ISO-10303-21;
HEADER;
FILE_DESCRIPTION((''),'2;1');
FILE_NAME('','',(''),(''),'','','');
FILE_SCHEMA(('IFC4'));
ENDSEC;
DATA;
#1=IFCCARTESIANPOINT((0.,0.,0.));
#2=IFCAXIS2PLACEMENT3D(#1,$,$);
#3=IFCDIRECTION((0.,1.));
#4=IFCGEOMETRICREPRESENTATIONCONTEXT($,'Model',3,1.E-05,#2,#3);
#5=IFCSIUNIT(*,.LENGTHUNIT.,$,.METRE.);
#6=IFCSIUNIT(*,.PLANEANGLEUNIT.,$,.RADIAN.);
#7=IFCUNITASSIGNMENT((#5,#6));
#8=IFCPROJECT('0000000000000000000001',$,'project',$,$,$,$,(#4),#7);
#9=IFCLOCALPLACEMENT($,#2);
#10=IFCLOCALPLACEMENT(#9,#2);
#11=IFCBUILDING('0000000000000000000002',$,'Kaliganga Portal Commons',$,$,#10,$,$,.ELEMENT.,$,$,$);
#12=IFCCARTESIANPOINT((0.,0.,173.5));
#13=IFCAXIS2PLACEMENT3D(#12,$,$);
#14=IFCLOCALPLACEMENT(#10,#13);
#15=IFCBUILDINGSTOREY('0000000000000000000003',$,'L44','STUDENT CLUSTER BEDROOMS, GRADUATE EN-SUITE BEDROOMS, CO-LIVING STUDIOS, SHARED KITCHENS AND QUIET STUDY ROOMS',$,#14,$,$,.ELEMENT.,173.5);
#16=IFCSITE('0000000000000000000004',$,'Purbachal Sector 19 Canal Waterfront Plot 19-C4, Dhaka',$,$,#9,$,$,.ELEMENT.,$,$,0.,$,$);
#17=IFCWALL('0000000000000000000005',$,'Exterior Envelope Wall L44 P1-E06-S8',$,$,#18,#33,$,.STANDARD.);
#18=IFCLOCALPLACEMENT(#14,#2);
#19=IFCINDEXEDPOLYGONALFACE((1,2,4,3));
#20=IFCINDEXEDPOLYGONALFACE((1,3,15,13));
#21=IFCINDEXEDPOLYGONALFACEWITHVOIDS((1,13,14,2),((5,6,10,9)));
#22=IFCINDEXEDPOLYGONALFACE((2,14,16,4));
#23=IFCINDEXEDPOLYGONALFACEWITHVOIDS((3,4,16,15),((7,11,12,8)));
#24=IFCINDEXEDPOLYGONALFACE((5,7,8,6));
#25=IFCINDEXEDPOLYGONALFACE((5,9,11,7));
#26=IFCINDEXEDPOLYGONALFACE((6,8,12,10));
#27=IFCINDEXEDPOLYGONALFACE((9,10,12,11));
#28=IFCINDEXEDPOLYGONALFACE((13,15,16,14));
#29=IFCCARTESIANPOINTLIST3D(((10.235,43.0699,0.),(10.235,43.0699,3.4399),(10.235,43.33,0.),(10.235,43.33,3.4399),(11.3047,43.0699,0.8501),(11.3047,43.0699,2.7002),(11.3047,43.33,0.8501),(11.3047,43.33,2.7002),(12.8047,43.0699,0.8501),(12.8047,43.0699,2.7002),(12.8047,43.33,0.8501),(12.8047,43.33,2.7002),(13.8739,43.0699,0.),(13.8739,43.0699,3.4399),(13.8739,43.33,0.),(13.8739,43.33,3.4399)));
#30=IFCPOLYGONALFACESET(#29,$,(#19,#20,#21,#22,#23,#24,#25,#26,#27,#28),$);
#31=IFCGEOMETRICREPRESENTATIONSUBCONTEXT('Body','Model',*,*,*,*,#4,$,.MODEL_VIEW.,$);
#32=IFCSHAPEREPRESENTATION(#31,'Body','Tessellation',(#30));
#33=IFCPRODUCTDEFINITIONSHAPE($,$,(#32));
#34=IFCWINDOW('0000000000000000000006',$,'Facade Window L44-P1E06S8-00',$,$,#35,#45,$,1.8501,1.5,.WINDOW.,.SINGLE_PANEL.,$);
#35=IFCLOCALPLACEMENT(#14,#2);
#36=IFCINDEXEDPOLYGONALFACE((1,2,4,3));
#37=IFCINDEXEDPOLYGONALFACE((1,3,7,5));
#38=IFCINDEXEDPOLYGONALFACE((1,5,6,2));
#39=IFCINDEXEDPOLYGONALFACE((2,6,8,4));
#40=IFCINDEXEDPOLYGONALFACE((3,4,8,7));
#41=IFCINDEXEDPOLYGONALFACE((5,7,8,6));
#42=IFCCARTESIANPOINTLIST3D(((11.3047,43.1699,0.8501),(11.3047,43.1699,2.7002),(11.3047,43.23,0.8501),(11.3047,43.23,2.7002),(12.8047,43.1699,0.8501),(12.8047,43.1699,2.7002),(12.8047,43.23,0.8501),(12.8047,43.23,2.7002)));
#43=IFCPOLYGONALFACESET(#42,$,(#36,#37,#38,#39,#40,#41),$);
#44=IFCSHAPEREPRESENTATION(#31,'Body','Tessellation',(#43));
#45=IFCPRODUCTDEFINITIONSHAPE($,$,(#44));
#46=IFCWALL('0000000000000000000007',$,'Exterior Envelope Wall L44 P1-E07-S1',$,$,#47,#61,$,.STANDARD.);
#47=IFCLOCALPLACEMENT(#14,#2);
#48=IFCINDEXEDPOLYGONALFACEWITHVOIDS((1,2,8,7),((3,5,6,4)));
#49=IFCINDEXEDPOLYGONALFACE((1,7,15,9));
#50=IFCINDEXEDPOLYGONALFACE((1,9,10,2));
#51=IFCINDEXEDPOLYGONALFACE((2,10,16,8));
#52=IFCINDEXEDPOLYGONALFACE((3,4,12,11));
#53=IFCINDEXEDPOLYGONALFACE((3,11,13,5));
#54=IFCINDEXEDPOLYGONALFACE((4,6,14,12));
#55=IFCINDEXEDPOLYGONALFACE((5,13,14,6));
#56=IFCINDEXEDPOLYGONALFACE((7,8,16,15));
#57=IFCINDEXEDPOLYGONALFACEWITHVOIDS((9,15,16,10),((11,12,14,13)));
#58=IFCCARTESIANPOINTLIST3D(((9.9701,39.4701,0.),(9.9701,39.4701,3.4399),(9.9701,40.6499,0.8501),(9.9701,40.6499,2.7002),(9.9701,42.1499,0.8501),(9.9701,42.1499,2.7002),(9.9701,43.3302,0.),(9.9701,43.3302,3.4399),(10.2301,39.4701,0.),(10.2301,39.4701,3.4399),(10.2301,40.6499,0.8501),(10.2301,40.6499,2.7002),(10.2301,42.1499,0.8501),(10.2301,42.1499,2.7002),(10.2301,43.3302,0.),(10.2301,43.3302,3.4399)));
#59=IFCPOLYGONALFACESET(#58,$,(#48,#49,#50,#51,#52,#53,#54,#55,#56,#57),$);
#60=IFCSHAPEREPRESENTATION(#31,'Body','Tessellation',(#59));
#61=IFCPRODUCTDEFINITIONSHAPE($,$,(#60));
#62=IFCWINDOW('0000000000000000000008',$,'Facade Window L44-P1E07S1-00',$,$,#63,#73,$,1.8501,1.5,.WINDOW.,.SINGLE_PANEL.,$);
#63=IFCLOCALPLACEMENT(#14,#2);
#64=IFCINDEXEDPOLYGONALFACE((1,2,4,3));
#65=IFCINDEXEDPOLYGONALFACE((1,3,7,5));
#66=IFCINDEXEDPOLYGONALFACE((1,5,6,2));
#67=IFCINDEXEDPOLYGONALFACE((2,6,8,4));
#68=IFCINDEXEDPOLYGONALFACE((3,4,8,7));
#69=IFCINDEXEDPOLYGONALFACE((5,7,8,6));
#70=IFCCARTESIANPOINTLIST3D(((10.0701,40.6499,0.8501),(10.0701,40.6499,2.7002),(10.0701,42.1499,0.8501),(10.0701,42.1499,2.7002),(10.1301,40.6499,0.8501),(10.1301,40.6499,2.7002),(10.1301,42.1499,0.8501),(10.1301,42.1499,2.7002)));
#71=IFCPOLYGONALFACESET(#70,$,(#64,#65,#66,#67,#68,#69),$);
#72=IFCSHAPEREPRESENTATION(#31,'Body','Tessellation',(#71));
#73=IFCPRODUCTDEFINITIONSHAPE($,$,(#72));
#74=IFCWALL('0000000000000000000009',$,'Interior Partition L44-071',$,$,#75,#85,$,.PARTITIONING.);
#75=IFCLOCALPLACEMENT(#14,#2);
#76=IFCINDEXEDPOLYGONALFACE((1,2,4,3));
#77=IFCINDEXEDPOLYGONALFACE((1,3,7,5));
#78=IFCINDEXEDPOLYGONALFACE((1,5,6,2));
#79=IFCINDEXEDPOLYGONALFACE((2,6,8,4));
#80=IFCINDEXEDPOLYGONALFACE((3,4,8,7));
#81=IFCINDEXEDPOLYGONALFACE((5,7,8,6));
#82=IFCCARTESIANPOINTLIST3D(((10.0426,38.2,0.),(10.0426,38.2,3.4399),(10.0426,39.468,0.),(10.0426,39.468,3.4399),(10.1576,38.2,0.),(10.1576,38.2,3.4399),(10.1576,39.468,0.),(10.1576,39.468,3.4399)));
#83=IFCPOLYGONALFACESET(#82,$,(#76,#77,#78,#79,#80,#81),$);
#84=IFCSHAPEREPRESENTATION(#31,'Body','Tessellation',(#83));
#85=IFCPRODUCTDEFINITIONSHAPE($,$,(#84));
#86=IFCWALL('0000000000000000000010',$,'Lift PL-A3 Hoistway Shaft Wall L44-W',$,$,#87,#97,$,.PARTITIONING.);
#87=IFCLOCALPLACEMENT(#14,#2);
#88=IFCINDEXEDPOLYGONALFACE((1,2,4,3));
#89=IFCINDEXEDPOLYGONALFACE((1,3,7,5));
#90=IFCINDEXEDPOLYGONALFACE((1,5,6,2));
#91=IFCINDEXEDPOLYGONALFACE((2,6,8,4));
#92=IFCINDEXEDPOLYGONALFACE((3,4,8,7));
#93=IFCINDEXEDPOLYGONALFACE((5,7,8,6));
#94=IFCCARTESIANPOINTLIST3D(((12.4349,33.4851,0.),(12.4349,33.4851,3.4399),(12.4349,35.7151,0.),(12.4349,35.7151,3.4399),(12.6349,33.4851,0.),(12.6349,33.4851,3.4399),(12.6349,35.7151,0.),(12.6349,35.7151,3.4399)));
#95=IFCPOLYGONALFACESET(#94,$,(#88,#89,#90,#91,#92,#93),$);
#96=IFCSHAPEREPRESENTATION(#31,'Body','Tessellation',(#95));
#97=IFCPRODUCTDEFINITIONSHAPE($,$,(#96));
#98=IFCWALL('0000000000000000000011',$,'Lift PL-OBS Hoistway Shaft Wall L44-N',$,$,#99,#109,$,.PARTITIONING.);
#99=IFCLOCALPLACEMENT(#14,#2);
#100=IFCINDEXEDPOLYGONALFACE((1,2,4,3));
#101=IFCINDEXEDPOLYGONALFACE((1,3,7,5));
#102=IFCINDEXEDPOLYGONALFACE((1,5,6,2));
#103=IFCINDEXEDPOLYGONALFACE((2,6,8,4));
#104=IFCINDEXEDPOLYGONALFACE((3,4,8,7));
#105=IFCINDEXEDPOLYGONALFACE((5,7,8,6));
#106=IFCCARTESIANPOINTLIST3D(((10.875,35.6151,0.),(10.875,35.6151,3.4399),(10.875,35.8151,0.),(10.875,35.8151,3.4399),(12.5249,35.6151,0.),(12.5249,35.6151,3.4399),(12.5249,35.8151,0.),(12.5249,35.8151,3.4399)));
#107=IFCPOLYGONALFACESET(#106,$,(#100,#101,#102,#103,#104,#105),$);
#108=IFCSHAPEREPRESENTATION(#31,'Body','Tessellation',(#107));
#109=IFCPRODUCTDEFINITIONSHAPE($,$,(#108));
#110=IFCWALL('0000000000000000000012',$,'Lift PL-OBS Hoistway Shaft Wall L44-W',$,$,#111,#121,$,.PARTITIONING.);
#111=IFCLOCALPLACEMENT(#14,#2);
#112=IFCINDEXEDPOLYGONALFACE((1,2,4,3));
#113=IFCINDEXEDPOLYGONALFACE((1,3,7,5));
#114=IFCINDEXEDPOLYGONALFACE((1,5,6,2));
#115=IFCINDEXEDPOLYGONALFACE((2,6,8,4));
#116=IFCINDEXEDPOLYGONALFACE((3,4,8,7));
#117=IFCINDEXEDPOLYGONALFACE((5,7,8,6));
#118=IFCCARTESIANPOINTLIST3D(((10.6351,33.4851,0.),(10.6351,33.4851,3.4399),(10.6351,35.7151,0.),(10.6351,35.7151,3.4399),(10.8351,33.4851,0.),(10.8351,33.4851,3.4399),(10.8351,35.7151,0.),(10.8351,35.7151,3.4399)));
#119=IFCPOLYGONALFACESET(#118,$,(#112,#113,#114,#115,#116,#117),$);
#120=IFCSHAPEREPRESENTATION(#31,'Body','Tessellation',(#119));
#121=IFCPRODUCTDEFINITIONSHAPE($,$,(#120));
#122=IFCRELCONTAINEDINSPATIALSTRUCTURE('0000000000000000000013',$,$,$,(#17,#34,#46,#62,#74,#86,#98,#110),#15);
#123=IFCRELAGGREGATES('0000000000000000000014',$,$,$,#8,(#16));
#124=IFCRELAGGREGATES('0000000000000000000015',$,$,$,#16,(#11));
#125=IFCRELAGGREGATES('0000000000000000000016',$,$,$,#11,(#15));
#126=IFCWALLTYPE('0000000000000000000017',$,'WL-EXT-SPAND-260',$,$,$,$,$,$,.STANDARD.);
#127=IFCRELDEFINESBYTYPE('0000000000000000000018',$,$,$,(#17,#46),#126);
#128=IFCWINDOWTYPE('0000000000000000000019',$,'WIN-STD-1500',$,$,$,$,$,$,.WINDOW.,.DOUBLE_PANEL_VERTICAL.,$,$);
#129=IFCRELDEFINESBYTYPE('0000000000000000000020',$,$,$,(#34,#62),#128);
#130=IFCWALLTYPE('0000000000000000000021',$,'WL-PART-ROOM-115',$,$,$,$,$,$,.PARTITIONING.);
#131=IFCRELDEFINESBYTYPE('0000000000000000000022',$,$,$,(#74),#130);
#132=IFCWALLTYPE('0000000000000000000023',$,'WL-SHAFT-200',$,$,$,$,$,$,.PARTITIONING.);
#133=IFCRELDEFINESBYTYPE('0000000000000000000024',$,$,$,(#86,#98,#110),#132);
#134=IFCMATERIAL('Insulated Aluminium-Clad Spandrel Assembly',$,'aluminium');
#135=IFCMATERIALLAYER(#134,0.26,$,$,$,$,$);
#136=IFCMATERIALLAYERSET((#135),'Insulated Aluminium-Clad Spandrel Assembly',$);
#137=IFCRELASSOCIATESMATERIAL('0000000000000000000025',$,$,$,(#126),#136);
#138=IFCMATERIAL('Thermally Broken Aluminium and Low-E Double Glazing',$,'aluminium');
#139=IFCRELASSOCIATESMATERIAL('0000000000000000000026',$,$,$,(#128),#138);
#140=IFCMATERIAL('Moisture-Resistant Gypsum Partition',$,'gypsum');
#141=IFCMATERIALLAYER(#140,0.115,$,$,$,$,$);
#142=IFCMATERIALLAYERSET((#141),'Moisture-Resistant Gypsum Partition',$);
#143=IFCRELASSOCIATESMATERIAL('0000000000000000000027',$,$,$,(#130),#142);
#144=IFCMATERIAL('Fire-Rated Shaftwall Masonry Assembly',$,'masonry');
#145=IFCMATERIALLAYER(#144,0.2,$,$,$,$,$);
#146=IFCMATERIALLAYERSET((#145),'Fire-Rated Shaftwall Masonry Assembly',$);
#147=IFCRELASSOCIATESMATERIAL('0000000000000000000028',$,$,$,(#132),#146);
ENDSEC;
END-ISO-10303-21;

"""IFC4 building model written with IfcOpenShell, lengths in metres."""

from ifc_helpers import new_model, si_unit, direction, frame, frame_2d, origin, place, context, subcontext, project, spatial, rectangle, extrude, material, layer, layer_set, type_object, element, fill, save


model = new_model("IFC4")

# Units and contexts
model_context = context("Model", 3, precision=1e-05, world=origin(), true_north=direction((0.0, 1.0)))
body_context = subcontext(model_context, "Body", "Model", "MODEL_VIEW")
ifc_project = project(units=[si_unit("LENGTHUNIT", "METRE"), si_unit("PLANEANGLEUNIT", "RADIAN")], contexts=[model_context])

# Site, building, storey
site_placement = place(None, origin())
site = spatial("IfcSite", under=ifc_project, at=site_placement, Name="Purbachal Sector 19 Canal Waterfront Plot 19-C4, Dhaka", CompositionType="ELEMENT", RefElevation=0.0)
building_placement = place(site_placement, origin())
building = spatial("IfcBuilding", under=site, at=building_placement, Name="Kaliganga Portal Commons", CompositionType="ELEMENT")
storey_placement = place(building_placement, frame((0.0, 0.0, 173.5)))
storey = spatial("IfcBuildingStorey", under=building, at=storey_placement, Name="L44", Description="STUDENT CLUSTER BEDROOMS, GRADUATE EN-SUITE BEDROOMS, CO-LIVING STUDIOS, SHARED KITCHENS AND QUIET STUDY ROOMS", CompositionType="ELEMENT", Elevation=173.5)

# Walls, openings, windows
ifc_material_1 = material(Name="Insulated Aluminium-Clad Spandrel Assembly", Category="aluminium")
ifc_layer_1 = layer(ifc_material_1, 0.26)
ifc_layer_set_1 = layer_set([ifc_layer_1], Name="Insulated Aluminium-Clad Spandrel Assembly")
wall_type_1 = type_object("IfcWallType", Name="WL-EXT-SPAND-260", PredefinedType="STANDARD", material=ifc_layer_set_1)
wall_1_placement = place(storey_placement, frame((10.2351, 43.2, 0.0), z_axis=(0.0, 0.0, 1.0), x_axis=(1.0, 0.0, 0.0)))
wall_1 = element("IfcWall", 1, at=wall_1_placement, inside=storey, type_object=wall_type_1, Name="Exterior Envelope Wall L44 P1-E06-S8", PredefinedType="STANDARD", context=body_context, shape_type="SweptSolid", body=[
    extrude(rectangle(XDim=3.6389, YDim=0.26, at=frame_2d((1.8193, 0.0))), origin(), (0.0, 0.0, 1.0), 3.4399),
])
opening_1_placement = place(wall_1_placement, frame((1.0696, 0.0, 0.8501)))
opening_1 = element("IfcOpeningElement", 2, at=opening_1_placement, cuts=wall_1, PredefinedType="OPENING", context=body_context, shape_type="SweptSolid", body=[
    extrude(rectangle(XDim=1.5, YDim=1.8501, at=frame_2d((0.75, 0.925))), frame((0.0, 0.1401, 0.0), z_axis=(0.0, -1.0, 0.0), x_axis=(1.0, 0.0, 0.0)), (0.0, 0.0, 1.0), 0.28),
])
ifc_material_2 = material(Name="Thermally Broken Aluminium and Low-E Double Glazing", Category="aluminium")
window_type = type_object("IfcWindowType", Name="WIN-STD-1500", PartitioningType="DOUBLE_PANEL_VERTICAL", PredefinedType="WINDOW", material=ifc_material_2)
window_1_placement = place(opening_1_placement, origin())
window_1 = element("IfcWindow", 3, at=window_1_placement, inside=storey, type_object=window_type, Name="Facade Window L44-P1E06S8-00", OverallHeight=1.8501, OverallWidth=1.5, PartitioningType="SINGLE_PANEL", PredefinedType="WINDOW", context=body_context, shape_type="SweptSolid", body=[
    extrude(rectangle(XDim=1.5, YDim=1.8501, at=frame_2d((0.75, 0.925))), frame((0.0, 0.03, 0.0), z_axis=(0.0, -1.0, 0.0), x_axis=(1.0, 0.0, 0.0)), (0.0, 0.0, 1.0), 0.0601),
])
fill(opening_1, window_1)
wall_2_placement = place(storey_placement, frame((10.1001, 39.47, 0.0), z_axis=(0.0, 0.0, 1.0), x_axis=(0.0, 1.0, 0.0)))
wall_2 = element("IfcWall", 4, at=wall_2_placement, inside=storey, type_object=wall_type_1, Name="Exterior Envelope Wall L44 P1-E07-S1", PredefinedType="STANDARD", context=body_context, shape_type="SweptSolid", body=[
    extrude(rectangle(XDim=3.8601, YDim=0.26, at=frame_2d((1.9302, 0.0))), origin(), (0.0, 0.0, 1.0), 3.4399),
])
opening_2_placement = place(wall_2_placement, frame((1.1799, 0.0, 0.8501)))
opening_2 = element("IfcOpeningElement", 5, at=opening_2_placement, cuts=wall_2, PredefinedType="OPENING", context=body_context, shape_type="SweptSolid", body=[
    extrude(rectangle(XDim=1.5, YDim=1.8501, at=frame_2d((0.75, 0.925))), frame((0.0, 0.1401, 0.0), z_axis=(0.0, -1.0, 0.0), x_axis=(1.0, 0.0, 0.0)), (0.0, 0.0, 1.0), 0.28),
])
window_2_placement = place(opening_2_placement, origin())
window_2 = element("IfcWindow", 6, at=window_2_placement, inside=storey, type_object=window_type, Name="Facade Window L44-P1E07S1-00", OverallHeight=1.8501, OverallWidth=1.5, PartitioningType="SINGLE_PANEL", PredefinedType="WINDOW", context=body_context, shape_type="SweptSolid", body=[
    extrude(rectangle(XDim=1.5, YDim=1.8501, at=frame_2d((0.75, 0.925))), frame((0.0, 0.03, 0.0), z_axis=(0.0, -1.0, 0.0), x_axis=(1.0, 0.0, 0.0)), (0.0, 0.0, 1.0), 0.0601),
])
fill(opening_2, window_2)

# Wall
ifc_material_3 = material(Name="Moisture-Resistant Gypsum Partition", Category="gypsum")
ifc_layer_2 = layer(ifc_material_3, 0.115)
ifc_layer_set_2 = layer_set([ifc_layer_2], Name="Moisture-Resistant Gypsum Partition")
wall_type_2 = type_object("IfcWallType", Name="WL-PART-ROOM-115", PredefinedType="PARTITIONING", material=ifc_layer_set_2)
wall_3_placement = place(storey_placement, frame((10.1001, 38.2, 0.0), z_axis=(0.0, 0.0, 1.0), x_axis=(0.0, 1.0, 0.0)))
element("IfcWall", 7, at=wall_3_placement, inside=storey, type_object=wall_type_2, Name="Interior Partition L44-071", PredefinedType="PARTITIONING", context=body_context, shape_type="SweptSolid", body=[
    extrude(rectangle(XDim=1.2681, YDim=0.115, at=frame_2d((0.634, 0.0))), origin(), (0.0, 0.0, 1.0), 3.4399),
])

# Shared definitions
ifc_material_4 = material(Name="Fire-Rated Shaftwall Masonry Assembly", Category="masonry")
ifc_layer_3 = layer(ifc_material_4, 0.2)
ifc_layer_set_3 = layer_set([ifc_layer_3], Name="Fire-Rated Shaftwall Masonry Assembly")
wall_type_3 = type_object("IfcWallType", Name="WL-SHAFT-200", PredefinedType="PARTITIONING", material=ifc_layer_set_3)

# Wall
wall_4_placement = place(storey_placement, frame((12.5349, 33.4851, 0.0), z_axis=(0.0, 0.0, 1.0), x_axis=(0.0, 1.0, 0.0)))
element("IfcWall", 8, at=wall_4_placement, inside=storey, type_object=wall_type_3, Name="Lift PL-A3 Hoistway Shaft Wall L44-W", PredefinedType="PARTITIONING", context=body_context, shape_type="SweptSolid", body=[
    extrude(rectangle(XDim=2.23, YDim=0.2, at=frame_2d((1.115, 0.0))), origin(), (0.0, 0.0, 1.0), 3.4399),
])

# Walls
wall_5_placement = place(storey_placement, frame((10.875, 35.7151, 0.0), z_axis=(0.0, 0.0, 1.0), x_axis=(1.0, 0.0, 0.0)))
element("IfcWall", 9, at=wall_5_placement, inside=storey, type_object=wall_type_3, Name="Lift PL-OBS Hoistway Shaft Wall L44-N", PredefinedType="PARTITIONING", context=body_context, shape_type="SweptSolid", body=[
    extrude(rectangle(XDim=1.6499, YDim=0.2, at=frame_2d((0.825, 0.0))), origin(), (0.0, 0.0, 1.0), 3.4399),
])
wall_6_placement = place(storey_placement, frame((10.7351, 33.4851, 0.0), z_axis=(0.0, 0.0, 1.0), x_axis=(0.0, 1.0, 0.0)))
element("IfcWall", 10, at=wall_6_placement, inside=storey, type_object=wall_type_3, Name="Lift PL-OBS Hoistway Shaft Wall L44-W", PredefinedType="PARTITIONING", context=body_context, shape_type="SweptSolid", body=[
    extrude(rectangle(XDim=2.23, YDim=0.2, at=frame_2d((1.115, 0.0))), origin(), (0.0, 0.0, 1.0), 3.4399),
])

save(model, "model.ifc")
